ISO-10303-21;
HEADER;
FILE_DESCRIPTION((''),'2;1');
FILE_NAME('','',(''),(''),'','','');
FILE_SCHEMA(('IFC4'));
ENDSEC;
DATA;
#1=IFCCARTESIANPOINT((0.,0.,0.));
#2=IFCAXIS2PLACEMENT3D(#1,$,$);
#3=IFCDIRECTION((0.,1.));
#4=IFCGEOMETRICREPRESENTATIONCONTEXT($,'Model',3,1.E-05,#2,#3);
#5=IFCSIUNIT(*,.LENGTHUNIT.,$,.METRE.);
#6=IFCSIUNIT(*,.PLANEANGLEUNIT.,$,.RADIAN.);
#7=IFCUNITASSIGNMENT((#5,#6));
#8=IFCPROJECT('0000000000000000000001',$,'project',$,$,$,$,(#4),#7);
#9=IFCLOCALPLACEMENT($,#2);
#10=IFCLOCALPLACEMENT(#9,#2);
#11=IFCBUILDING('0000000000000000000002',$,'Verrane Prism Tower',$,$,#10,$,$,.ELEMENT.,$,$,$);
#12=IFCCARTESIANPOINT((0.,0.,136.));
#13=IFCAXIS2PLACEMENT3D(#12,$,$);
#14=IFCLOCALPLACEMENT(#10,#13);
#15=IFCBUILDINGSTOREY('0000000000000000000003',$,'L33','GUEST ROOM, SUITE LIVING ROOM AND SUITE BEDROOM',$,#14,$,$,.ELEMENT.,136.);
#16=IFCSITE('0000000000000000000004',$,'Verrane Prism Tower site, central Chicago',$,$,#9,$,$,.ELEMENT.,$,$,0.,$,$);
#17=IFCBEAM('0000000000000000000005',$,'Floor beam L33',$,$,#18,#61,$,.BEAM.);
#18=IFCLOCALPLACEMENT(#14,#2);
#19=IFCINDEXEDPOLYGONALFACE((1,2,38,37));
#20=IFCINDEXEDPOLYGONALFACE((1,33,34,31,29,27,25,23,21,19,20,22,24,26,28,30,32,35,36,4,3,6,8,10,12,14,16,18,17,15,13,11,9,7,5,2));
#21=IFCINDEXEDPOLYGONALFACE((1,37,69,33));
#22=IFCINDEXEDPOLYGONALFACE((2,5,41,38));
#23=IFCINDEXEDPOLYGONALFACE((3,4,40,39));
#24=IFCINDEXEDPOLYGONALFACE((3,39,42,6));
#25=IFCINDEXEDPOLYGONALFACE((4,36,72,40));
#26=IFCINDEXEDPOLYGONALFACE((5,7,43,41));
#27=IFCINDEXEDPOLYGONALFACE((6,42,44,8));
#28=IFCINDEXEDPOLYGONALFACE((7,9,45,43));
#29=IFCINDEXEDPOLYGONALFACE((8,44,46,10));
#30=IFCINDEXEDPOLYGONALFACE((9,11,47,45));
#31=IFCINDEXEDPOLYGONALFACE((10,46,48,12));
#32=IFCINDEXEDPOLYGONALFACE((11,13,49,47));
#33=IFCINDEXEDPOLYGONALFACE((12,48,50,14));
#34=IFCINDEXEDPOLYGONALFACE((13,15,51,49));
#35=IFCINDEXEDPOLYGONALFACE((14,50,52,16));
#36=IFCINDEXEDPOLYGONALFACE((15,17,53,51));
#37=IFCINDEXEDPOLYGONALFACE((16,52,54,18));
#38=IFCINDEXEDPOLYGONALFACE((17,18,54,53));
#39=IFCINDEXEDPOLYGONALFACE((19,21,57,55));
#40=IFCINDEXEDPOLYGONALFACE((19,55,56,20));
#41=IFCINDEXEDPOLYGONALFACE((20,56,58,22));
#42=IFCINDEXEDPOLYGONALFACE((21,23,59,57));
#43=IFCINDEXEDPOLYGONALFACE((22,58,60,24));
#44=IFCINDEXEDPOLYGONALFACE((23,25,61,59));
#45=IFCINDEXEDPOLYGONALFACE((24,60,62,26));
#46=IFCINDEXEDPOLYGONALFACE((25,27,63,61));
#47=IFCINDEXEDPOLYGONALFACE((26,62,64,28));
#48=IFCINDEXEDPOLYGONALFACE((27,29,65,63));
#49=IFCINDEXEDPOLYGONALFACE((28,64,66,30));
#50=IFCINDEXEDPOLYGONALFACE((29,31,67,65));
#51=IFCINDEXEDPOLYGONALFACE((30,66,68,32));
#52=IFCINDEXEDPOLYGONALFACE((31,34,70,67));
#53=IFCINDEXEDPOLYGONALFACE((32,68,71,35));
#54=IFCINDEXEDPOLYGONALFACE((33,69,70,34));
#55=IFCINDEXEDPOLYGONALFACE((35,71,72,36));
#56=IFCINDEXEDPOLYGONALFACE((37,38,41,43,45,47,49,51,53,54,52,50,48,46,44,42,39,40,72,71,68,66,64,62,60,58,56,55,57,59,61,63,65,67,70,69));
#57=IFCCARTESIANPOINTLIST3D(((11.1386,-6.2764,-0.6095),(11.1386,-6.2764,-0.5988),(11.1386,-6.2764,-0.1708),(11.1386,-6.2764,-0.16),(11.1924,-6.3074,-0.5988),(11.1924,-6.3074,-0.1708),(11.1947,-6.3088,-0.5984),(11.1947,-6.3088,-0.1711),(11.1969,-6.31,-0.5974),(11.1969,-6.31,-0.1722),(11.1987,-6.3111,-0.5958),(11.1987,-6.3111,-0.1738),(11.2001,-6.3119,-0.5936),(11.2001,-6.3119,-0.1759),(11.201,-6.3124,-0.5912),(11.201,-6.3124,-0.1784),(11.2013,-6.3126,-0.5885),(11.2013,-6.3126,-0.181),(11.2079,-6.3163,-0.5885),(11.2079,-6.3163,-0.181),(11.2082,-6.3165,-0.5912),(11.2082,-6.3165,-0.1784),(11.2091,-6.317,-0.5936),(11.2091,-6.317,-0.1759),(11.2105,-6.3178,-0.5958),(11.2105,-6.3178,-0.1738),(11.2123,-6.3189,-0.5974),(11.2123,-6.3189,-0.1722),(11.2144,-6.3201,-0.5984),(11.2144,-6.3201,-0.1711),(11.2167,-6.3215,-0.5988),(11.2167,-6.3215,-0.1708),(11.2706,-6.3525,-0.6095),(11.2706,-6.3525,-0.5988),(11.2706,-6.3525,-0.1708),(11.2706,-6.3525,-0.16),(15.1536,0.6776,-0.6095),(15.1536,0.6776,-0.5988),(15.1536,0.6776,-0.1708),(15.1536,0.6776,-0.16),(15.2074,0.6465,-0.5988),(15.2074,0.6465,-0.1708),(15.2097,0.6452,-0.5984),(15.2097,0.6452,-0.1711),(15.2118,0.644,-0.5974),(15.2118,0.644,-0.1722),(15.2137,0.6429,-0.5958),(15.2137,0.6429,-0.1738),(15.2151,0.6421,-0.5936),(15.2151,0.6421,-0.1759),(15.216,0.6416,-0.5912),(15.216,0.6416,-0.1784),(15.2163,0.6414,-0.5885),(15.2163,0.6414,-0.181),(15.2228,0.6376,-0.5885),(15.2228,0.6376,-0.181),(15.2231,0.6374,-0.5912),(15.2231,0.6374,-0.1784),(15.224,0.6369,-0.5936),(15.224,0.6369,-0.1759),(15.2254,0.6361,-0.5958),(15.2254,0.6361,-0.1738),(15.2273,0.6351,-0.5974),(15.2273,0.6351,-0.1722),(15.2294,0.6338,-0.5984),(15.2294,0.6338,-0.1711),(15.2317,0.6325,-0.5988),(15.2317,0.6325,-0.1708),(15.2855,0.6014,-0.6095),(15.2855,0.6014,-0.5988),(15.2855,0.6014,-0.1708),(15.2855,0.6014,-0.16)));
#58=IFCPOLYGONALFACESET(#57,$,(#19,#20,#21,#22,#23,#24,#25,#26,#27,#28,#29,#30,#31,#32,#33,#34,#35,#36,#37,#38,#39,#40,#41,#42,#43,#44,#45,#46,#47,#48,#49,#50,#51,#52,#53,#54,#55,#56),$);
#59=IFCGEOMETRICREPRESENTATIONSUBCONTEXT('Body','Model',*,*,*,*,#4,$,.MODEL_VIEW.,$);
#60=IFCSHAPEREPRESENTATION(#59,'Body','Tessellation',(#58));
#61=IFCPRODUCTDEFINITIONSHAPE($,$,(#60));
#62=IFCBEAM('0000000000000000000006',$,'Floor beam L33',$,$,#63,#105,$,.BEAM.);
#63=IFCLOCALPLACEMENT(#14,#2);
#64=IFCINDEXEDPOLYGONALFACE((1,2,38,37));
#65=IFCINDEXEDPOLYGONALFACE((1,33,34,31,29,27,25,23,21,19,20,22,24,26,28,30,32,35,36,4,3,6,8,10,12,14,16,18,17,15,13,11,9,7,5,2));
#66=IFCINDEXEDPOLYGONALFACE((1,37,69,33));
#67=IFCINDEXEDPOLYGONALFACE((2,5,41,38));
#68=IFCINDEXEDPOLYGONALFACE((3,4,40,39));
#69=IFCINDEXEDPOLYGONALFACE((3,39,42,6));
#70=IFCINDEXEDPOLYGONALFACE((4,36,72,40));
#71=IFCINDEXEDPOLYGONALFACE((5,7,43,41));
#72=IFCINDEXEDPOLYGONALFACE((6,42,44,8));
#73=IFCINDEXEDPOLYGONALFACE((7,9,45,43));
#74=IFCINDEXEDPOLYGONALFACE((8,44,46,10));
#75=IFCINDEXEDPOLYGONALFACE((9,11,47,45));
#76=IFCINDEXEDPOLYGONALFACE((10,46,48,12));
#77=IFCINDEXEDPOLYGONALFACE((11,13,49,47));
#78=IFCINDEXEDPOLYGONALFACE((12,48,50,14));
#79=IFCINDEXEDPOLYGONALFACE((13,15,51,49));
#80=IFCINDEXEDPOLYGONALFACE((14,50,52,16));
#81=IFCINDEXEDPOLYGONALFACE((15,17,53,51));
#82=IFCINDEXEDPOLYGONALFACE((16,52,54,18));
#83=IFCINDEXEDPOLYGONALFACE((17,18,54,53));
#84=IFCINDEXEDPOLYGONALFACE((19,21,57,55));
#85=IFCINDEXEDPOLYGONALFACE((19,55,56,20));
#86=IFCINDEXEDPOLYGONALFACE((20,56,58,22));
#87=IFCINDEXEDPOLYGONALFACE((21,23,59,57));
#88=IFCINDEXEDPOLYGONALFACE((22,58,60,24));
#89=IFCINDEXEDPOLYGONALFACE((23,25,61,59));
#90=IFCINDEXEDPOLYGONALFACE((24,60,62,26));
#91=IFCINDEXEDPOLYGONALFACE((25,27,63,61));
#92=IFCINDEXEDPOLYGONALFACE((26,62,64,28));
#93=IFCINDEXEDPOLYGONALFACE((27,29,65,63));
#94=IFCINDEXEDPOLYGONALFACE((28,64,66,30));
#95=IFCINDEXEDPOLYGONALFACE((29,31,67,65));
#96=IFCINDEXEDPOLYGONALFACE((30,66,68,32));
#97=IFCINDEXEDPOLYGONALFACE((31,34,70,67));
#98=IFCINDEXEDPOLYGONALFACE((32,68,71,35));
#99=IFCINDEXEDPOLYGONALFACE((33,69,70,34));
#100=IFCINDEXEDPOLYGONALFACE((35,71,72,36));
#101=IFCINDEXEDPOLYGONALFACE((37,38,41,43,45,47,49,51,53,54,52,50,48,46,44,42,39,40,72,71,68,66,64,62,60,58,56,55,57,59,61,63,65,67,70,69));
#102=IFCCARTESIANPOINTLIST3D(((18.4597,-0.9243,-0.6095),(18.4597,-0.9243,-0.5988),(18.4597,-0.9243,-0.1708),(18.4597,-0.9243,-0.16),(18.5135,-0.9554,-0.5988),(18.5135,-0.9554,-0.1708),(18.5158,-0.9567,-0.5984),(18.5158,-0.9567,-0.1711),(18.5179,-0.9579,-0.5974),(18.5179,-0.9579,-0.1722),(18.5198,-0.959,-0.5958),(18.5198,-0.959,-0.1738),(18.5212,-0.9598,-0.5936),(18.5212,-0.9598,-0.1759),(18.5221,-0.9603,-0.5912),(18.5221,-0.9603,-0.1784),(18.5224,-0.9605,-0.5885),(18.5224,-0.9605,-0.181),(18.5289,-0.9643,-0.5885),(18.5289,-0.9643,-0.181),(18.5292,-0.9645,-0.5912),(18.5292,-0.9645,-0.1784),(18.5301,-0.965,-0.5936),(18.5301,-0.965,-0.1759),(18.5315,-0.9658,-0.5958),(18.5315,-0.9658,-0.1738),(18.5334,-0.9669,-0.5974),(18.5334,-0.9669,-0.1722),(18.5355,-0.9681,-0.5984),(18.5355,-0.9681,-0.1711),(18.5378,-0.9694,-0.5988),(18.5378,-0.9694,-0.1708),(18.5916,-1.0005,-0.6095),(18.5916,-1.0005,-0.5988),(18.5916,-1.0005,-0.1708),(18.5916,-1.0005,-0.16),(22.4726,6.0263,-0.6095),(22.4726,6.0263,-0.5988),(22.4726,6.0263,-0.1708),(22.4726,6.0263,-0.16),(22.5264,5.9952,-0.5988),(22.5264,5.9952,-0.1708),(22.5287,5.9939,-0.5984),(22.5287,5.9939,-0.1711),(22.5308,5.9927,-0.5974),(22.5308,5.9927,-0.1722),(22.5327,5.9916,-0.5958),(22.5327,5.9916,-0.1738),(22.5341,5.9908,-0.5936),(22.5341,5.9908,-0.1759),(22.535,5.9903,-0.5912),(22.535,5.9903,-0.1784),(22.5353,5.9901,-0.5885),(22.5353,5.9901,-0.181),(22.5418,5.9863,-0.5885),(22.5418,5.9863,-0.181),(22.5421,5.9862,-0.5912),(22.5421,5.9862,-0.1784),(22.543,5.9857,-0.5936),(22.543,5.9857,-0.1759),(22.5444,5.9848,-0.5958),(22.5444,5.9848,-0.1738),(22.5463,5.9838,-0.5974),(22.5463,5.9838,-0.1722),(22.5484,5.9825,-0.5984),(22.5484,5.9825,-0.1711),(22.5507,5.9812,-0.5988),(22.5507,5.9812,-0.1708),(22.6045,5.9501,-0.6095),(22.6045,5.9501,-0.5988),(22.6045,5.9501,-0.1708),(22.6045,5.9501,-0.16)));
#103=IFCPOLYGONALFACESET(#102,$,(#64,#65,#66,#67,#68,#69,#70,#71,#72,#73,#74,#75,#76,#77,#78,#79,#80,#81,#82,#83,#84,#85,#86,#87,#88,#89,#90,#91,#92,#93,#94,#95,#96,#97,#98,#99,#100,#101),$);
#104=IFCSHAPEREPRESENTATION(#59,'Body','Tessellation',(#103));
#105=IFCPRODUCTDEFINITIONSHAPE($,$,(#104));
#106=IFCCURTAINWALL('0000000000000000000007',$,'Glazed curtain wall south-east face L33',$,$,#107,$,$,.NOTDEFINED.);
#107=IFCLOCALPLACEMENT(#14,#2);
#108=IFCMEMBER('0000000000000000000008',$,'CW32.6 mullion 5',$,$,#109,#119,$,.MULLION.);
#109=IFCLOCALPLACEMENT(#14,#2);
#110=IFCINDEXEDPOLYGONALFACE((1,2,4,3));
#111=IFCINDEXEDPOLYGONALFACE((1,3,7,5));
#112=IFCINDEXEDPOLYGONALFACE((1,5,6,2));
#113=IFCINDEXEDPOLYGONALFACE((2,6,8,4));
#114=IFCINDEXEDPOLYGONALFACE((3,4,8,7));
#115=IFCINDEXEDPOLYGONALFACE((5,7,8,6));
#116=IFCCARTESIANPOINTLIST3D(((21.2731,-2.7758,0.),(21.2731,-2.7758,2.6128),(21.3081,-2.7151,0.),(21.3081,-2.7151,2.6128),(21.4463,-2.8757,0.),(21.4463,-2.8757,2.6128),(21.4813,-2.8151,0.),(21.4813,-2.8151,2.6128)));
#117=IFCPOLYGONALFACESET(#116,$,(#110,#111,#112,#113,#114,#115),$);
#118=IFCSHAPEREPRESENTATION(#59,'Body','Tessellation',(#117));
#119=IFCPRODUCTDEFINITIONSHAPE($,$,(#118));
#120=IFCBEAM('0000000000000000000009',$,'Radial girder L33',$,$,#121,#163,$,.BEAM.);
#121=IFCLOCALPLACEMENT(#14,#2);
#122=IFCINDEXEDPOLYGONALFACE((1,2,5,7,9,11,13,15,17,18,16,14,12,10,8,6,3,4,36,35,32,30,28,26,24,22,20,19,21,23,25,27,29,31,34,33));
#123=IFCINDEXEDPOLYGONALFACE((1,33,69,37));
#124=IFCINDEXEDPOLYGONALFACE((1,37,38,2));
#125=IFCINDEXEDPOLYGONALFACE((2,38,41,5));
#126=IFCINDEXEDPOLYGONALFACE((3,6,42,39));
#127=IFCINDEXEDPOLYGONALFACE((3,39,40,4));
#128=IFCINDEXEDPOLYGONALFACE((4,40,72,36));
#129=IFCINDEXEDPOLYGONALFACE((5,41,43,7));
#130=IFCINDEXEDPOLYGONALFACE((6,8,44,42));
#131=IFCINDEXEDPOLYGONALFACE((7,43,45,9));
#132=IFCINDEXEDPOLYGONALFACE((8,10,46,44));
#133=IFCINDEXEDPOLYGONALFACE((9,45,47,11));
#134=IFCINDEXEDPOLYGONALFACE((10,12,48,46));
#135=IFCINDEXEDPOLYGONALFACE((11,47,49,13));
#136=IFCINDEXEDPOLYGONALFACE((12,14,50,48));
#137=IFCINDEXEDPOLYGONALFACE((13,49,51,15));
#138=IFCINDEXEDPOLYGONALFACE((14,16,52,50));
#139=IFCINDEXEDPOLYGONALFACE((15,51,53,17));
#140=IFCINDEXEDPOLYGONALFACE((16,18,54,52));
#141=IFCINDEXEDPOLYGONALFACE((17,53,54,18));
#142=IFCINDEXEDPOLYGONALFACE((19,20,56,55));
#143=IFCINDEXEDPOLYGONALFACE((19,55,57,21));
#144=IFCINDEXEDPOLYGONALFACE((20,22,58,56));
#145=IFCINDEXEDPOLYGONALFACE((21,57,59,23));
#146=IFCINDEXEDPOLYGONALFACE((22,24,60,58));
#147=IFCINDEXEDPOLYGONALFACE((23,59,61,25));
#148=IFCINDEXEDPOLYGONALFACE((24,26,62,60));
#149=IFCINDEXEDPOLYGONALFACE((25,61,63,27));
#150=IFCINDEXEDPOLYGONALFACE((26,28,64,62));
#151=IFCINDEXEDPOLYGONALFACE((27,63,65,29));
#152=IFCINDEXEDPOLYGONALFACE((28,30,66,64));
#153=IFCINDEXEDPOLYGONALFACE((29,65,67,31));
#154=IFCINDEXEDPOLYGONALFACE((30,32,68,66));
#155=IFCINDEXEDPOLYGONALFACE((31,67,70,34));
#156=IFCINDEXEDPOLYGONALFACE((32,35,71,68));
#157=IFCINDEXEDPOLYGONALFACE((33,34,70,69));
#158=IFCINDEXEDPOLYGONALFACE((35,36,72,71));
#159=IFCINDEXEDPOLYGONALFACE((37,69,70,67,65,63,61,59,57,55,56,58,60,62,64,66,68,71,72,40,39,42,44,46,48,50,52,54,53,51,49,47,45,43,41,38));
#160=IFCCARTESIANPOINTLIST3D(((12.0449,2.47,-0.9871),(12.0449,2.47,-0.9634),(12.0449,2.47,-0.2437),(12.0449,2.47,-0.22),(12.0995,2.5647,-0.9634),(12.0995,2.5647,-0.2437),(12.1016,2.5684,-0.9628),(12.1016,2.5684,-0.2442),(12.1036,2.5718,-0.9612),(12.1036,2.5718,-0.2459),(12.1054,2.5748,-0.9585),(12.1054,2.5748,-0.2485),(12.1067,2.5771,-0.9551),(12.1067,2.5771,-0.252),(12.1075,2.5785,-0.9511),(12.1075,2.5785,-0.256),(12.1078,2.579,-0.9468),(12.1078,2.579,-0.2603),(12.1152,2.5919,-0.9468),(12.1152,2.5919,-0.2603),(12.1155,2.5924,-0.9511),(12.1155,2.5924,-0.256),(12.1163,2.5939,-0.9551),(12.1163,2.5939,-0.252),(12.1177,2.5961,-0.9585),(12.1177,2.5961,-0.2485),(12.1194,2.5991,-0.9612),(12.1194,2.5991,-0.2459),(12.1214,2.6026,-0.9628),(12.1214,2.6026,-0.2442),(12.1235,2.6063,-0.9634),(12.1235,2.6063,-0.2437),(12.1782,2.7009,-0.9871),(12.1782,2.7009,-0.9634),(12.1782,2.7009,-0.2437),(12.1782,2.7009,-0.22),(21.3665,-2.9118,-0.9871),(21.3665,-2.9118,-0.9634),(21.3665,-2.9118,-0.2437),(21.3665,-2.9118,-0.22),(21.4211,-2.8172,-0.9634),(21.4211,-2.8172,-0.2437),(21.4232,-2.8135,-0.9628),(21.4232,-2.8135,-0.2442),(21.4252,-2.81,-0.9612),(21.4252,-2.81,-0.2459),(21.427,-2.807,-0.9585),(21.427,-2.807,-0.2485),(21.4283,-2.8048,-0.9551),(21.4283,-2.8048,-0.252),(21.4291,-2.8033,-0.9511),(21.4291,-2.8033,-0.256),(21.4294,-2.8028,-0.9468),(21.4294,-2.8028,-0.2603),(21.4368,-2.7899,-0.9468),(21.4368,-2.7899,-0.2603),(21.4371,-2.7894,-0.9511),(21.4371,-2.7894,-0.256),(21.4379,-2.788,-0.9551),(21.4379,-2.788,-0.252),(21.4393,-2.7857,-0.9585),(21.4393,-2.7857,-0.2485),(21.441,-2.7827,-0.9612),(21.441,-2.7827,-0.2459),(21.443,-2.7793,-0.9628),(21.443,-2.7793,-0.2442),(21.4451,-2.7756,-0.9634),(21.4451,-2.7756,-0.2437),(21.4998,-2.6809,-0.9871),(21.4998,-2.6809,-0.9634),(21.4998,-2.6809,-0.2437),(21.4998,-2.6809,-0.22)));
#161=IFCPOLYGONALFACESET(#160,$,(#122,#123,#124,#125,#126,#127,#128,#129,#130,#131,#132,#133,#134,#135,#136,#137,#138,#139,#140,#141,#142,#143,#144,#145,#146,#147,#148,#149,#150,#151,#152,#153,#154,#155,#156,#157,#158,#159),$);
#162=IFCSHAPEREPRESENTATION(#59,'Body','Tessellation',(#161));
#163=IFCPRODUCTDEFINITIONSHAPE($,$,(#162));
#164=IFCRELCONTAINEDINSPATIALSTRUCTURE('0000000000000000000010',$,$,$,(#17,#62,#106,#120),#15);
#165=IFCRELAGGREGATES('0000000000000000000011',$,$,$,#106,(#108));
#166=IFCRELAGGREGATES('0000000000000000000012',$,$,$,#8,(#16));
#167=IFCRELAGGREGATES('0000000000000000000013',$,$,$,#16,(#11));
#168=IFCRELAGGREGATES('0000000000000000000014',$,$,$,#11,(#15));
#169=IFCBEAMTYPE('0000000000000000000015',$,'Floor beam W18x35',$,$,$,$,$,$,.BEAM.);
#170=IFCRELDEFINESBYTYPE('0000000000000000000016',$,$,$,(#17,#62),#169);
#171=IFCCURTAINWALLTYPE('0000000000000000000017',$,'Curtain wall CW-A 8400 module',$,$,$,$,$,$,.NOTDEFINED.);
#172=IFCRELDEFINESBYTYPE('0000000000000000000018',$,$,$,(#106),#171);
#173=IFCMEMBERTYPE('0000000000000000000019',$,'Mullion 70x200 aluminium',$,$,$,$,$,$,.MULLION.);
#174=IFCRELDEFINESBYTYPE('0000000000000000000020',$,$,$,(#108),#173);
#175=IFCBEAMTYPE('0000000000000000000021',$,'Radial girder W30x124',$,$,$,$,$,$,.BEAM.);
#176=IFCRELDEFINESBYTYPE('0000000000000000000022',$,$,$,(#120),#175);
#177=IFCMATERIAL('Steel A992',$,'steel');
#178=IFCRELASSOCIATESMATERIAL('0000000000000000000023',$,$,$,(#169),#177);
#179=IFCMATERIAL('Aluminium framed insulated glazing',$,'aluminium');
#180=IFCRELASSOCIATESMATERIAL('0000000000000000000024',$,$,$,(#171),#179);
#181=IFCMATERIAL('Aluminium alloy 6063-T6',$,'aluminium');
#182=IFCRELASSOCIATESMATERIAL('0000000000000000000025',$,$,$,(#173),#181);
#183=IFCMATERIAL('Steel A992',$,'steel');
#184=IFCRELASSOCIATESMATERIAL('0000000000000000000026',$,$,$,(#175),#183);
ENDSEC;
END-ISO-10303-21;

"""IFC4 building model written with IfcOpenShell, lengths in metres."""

from ifc_helpers import new_model, si_unit, direction, frame, origin, origin_2d, place, context, subcontext, project, spatial, rectangle, i_section, extrude, material, material_profile, profile_set, type_object, element, aggregate, save


model = new_model("IFC4")

# Units and contexts
model_context = context("Model", 3, precision=1e-05, world=origin(), true_north=direction((0.0, 1.0)))
body_context = subcontext(model_context, "Body", "Model", "MODEL_VIEW")
ifc_project = project(units=[si_unit("LENGTHUNIT", "METRE"), si_unit("PLANEANGLEUNIT", "RADIAN")], contexts=[model_context])

# Site, building, storey
site_placement = place(None, origin())
site = spatial("IfcSite", under=ifc_project, at=site_placement, Name="Verrane Prism Tower site, central Chicago", CompositionType="ELEMENT", RefElevation=0.0)
building_placement = place(site_placement, origin())
building = spatial("IfcBuilding", under=site, at=building_placement, Name="Verrane Prism Tower", CompositionType="ELEMENT")
storey_placement = place(building_placement, frame((0.0, 0.0, 136.0)))
storey = spatial("IfcBuildingStorey", under=building, at=storey_placement, Name="L33", Description="GUEST ROOM, SUITE LIVING ROOM AND SUITE BEDROOM", CompositionType="ELEMENT", Elevation=136.0)

# Beams
ifc_material_1 = material(Name="Steel A992", Category="steel")
ifc_material_profile_1 = material_profile(ifc_material_1, i_section(OverallWidth=0.1523, OverallDepth=0.4495, WebThickness=0.0076, FlangeThickness=0.0107, FilletRadius=0.0103, at=origin_2d()), Name="W18x35")
ifc_profile_set_1 = profile_set([ifc_material_profile_1], Name="Steel A992")
beam_type_1 = type_object("IfcBeamType", Name="Floor beam W18x35", PredefinedType="BEAM", material=ifc_profile_set_1)
for number, where, z_axis, x_axis, name in (
    (1, (11.2046, -6.3145, -0.3848), (0.500008, 0.866021, 0.0), (-0.866021, 0.500008, 0.0), "Floor beam L33"),
):
    element("IfcBeam", number, at=place(storey_placement, frame(where, z_axis=z_axis, x_axis=x_axis)), inside=storey, type_object=beam_type_1, Name=name, PredefinedType="BEAM", context=body_context, shape_type="SweptSolid", body=[
        extrude(i_section(OverallWidth=0.1523, OverallDepth=0.4495, WebThickness=0.0076, FlangeThickness=0.0107, FilletRadius=0.0103, at=origin_2d()), origin(), (0.0, 0.0, 1.0), 8.0298),
    ])
beam_1_placement = place(storey_placement, frame((18.5256, -0.9624, -0.3848), z_axis=(0.499996, 0.866028, 0.0), x_axis=(-0.866028, 0.499996, 0.0)))
element("IfcBeam", 2, at=beam_1_placement, inside=storey, type_object=beam_type_1, Name="Floor beam L33", PredefinedType="BEAM", context=body_context, shape_type="SweptSolid", body=[
    extrude(i_section(OverallWidth=0.1523, OverallDepth=0.4495, WebThickness=0.0076, FlangeThickness=0.0107, FilletRadius=0.0103, at=origin_2d()), origin(), (0.0, 0.0, 1.0), 8.0259),
])

# Curtain wall, member
ifc_material_2 = material(Name="Aluminium framed insulated glazing", Category="aluminium")
curtain_wall_type = type_object("IfcCurtainWallType", Name="Curtain wall CW-A 8400 module", PredefinedType="NOTDEFINED", material=ifc_material_2)
curtain_wall_placement = place(storey_placement, origin())
curtain_wall = element("IfcCurtainWall", 3, at=curtain_wall_placement, inside=storey, type_object=curtain_wall_type, Name="Glazed curtain wall south-east face L33", PredefinedType="NOTDEFINED")
ifc_material_3 = material(Name="Aluminium alloy 6063-T6", Category="aluminium")
ifc_material_profile_2 = material_profile(ifc_material_3, rectangle(XDim=0.2, YDim=0.0701, at=origin_2d()), Name="Mullion 70x200 aluminium")
ifc_profile_set_2 = profile_set([ifc_material_profile_2], Name="Aluminium alloy 6063-T6")
member_type_1 = type_object("IfcMemberType", Name="Mullion 70x200 aluminium", PredefinedType="MULLION", material=ifc_profile_set_2)
member_1_placement = place(storey_placement, frame((21.3772, -2.7954, 0.0), z_axis=(0.0, 0.0, 1.0), x_axis=(-0.866025, 0.5, 0.0)))
member_1 = element("IfcMember", 4, at=member_1_placement, type_object=member_type_1, Name="CW32.6 mullion 5", PredefinedType="MULLION", context=body_context, shape_type="SweptSolid", body=[
    extrude(rectangle(XDim=0.2, YDim=0.0701, at=origin_2d()), origin(), (0.0, 0.0, 1.0), 2.6128),
])

# Beam
ifc_material_4 = material(Name="Steel A992", Category="steel")
ifc_material_profile_3 = material_profile(ifc_material_4, i_section(OverallWidth=0.2666, OverallDepth=0.7671, WebThickness=0.0149, FlangeThickness=0.0237, FilletRadius=0.0166, at=origin_2d()), Name="W30x124")
ifc_profile_set_3 = profile_set([ifc_material_profile_3], Name="Steel A992")
beam_type_2 = type_object("IfcBeamType", Name="Radial girder W30x124", PredefinedType="BEAM", material=ifc_profile_set_3)
beam_2_placement = place(storey_placement, frame((21.4331, -2.7964, -0.6035), z_axis=(-0.866024, 0.500003, 0.0), x_axis=(-0.500003, -0.866024, 0.0)))
element("IfcBeam", 5, at=beam_2_placement, inside=storey, type_object=beam_type_2, Name="Radial girder L33", PredefinedType="BEAM", context=body_context, shape_type="SweptSolid", body=[
    extrude(i_section(OverallWidth=0.2666, OverallDepth=0.7671, WebThickness=0.0149, FlangeThickness=0.0237, FilletRadius=0.0166, at=origin_2d()), origin(), (0.0, 0.0, 1.0), 10.7637),
])

aggregate(curtain_wall, [member_1])

save(model, "model.ifc")
